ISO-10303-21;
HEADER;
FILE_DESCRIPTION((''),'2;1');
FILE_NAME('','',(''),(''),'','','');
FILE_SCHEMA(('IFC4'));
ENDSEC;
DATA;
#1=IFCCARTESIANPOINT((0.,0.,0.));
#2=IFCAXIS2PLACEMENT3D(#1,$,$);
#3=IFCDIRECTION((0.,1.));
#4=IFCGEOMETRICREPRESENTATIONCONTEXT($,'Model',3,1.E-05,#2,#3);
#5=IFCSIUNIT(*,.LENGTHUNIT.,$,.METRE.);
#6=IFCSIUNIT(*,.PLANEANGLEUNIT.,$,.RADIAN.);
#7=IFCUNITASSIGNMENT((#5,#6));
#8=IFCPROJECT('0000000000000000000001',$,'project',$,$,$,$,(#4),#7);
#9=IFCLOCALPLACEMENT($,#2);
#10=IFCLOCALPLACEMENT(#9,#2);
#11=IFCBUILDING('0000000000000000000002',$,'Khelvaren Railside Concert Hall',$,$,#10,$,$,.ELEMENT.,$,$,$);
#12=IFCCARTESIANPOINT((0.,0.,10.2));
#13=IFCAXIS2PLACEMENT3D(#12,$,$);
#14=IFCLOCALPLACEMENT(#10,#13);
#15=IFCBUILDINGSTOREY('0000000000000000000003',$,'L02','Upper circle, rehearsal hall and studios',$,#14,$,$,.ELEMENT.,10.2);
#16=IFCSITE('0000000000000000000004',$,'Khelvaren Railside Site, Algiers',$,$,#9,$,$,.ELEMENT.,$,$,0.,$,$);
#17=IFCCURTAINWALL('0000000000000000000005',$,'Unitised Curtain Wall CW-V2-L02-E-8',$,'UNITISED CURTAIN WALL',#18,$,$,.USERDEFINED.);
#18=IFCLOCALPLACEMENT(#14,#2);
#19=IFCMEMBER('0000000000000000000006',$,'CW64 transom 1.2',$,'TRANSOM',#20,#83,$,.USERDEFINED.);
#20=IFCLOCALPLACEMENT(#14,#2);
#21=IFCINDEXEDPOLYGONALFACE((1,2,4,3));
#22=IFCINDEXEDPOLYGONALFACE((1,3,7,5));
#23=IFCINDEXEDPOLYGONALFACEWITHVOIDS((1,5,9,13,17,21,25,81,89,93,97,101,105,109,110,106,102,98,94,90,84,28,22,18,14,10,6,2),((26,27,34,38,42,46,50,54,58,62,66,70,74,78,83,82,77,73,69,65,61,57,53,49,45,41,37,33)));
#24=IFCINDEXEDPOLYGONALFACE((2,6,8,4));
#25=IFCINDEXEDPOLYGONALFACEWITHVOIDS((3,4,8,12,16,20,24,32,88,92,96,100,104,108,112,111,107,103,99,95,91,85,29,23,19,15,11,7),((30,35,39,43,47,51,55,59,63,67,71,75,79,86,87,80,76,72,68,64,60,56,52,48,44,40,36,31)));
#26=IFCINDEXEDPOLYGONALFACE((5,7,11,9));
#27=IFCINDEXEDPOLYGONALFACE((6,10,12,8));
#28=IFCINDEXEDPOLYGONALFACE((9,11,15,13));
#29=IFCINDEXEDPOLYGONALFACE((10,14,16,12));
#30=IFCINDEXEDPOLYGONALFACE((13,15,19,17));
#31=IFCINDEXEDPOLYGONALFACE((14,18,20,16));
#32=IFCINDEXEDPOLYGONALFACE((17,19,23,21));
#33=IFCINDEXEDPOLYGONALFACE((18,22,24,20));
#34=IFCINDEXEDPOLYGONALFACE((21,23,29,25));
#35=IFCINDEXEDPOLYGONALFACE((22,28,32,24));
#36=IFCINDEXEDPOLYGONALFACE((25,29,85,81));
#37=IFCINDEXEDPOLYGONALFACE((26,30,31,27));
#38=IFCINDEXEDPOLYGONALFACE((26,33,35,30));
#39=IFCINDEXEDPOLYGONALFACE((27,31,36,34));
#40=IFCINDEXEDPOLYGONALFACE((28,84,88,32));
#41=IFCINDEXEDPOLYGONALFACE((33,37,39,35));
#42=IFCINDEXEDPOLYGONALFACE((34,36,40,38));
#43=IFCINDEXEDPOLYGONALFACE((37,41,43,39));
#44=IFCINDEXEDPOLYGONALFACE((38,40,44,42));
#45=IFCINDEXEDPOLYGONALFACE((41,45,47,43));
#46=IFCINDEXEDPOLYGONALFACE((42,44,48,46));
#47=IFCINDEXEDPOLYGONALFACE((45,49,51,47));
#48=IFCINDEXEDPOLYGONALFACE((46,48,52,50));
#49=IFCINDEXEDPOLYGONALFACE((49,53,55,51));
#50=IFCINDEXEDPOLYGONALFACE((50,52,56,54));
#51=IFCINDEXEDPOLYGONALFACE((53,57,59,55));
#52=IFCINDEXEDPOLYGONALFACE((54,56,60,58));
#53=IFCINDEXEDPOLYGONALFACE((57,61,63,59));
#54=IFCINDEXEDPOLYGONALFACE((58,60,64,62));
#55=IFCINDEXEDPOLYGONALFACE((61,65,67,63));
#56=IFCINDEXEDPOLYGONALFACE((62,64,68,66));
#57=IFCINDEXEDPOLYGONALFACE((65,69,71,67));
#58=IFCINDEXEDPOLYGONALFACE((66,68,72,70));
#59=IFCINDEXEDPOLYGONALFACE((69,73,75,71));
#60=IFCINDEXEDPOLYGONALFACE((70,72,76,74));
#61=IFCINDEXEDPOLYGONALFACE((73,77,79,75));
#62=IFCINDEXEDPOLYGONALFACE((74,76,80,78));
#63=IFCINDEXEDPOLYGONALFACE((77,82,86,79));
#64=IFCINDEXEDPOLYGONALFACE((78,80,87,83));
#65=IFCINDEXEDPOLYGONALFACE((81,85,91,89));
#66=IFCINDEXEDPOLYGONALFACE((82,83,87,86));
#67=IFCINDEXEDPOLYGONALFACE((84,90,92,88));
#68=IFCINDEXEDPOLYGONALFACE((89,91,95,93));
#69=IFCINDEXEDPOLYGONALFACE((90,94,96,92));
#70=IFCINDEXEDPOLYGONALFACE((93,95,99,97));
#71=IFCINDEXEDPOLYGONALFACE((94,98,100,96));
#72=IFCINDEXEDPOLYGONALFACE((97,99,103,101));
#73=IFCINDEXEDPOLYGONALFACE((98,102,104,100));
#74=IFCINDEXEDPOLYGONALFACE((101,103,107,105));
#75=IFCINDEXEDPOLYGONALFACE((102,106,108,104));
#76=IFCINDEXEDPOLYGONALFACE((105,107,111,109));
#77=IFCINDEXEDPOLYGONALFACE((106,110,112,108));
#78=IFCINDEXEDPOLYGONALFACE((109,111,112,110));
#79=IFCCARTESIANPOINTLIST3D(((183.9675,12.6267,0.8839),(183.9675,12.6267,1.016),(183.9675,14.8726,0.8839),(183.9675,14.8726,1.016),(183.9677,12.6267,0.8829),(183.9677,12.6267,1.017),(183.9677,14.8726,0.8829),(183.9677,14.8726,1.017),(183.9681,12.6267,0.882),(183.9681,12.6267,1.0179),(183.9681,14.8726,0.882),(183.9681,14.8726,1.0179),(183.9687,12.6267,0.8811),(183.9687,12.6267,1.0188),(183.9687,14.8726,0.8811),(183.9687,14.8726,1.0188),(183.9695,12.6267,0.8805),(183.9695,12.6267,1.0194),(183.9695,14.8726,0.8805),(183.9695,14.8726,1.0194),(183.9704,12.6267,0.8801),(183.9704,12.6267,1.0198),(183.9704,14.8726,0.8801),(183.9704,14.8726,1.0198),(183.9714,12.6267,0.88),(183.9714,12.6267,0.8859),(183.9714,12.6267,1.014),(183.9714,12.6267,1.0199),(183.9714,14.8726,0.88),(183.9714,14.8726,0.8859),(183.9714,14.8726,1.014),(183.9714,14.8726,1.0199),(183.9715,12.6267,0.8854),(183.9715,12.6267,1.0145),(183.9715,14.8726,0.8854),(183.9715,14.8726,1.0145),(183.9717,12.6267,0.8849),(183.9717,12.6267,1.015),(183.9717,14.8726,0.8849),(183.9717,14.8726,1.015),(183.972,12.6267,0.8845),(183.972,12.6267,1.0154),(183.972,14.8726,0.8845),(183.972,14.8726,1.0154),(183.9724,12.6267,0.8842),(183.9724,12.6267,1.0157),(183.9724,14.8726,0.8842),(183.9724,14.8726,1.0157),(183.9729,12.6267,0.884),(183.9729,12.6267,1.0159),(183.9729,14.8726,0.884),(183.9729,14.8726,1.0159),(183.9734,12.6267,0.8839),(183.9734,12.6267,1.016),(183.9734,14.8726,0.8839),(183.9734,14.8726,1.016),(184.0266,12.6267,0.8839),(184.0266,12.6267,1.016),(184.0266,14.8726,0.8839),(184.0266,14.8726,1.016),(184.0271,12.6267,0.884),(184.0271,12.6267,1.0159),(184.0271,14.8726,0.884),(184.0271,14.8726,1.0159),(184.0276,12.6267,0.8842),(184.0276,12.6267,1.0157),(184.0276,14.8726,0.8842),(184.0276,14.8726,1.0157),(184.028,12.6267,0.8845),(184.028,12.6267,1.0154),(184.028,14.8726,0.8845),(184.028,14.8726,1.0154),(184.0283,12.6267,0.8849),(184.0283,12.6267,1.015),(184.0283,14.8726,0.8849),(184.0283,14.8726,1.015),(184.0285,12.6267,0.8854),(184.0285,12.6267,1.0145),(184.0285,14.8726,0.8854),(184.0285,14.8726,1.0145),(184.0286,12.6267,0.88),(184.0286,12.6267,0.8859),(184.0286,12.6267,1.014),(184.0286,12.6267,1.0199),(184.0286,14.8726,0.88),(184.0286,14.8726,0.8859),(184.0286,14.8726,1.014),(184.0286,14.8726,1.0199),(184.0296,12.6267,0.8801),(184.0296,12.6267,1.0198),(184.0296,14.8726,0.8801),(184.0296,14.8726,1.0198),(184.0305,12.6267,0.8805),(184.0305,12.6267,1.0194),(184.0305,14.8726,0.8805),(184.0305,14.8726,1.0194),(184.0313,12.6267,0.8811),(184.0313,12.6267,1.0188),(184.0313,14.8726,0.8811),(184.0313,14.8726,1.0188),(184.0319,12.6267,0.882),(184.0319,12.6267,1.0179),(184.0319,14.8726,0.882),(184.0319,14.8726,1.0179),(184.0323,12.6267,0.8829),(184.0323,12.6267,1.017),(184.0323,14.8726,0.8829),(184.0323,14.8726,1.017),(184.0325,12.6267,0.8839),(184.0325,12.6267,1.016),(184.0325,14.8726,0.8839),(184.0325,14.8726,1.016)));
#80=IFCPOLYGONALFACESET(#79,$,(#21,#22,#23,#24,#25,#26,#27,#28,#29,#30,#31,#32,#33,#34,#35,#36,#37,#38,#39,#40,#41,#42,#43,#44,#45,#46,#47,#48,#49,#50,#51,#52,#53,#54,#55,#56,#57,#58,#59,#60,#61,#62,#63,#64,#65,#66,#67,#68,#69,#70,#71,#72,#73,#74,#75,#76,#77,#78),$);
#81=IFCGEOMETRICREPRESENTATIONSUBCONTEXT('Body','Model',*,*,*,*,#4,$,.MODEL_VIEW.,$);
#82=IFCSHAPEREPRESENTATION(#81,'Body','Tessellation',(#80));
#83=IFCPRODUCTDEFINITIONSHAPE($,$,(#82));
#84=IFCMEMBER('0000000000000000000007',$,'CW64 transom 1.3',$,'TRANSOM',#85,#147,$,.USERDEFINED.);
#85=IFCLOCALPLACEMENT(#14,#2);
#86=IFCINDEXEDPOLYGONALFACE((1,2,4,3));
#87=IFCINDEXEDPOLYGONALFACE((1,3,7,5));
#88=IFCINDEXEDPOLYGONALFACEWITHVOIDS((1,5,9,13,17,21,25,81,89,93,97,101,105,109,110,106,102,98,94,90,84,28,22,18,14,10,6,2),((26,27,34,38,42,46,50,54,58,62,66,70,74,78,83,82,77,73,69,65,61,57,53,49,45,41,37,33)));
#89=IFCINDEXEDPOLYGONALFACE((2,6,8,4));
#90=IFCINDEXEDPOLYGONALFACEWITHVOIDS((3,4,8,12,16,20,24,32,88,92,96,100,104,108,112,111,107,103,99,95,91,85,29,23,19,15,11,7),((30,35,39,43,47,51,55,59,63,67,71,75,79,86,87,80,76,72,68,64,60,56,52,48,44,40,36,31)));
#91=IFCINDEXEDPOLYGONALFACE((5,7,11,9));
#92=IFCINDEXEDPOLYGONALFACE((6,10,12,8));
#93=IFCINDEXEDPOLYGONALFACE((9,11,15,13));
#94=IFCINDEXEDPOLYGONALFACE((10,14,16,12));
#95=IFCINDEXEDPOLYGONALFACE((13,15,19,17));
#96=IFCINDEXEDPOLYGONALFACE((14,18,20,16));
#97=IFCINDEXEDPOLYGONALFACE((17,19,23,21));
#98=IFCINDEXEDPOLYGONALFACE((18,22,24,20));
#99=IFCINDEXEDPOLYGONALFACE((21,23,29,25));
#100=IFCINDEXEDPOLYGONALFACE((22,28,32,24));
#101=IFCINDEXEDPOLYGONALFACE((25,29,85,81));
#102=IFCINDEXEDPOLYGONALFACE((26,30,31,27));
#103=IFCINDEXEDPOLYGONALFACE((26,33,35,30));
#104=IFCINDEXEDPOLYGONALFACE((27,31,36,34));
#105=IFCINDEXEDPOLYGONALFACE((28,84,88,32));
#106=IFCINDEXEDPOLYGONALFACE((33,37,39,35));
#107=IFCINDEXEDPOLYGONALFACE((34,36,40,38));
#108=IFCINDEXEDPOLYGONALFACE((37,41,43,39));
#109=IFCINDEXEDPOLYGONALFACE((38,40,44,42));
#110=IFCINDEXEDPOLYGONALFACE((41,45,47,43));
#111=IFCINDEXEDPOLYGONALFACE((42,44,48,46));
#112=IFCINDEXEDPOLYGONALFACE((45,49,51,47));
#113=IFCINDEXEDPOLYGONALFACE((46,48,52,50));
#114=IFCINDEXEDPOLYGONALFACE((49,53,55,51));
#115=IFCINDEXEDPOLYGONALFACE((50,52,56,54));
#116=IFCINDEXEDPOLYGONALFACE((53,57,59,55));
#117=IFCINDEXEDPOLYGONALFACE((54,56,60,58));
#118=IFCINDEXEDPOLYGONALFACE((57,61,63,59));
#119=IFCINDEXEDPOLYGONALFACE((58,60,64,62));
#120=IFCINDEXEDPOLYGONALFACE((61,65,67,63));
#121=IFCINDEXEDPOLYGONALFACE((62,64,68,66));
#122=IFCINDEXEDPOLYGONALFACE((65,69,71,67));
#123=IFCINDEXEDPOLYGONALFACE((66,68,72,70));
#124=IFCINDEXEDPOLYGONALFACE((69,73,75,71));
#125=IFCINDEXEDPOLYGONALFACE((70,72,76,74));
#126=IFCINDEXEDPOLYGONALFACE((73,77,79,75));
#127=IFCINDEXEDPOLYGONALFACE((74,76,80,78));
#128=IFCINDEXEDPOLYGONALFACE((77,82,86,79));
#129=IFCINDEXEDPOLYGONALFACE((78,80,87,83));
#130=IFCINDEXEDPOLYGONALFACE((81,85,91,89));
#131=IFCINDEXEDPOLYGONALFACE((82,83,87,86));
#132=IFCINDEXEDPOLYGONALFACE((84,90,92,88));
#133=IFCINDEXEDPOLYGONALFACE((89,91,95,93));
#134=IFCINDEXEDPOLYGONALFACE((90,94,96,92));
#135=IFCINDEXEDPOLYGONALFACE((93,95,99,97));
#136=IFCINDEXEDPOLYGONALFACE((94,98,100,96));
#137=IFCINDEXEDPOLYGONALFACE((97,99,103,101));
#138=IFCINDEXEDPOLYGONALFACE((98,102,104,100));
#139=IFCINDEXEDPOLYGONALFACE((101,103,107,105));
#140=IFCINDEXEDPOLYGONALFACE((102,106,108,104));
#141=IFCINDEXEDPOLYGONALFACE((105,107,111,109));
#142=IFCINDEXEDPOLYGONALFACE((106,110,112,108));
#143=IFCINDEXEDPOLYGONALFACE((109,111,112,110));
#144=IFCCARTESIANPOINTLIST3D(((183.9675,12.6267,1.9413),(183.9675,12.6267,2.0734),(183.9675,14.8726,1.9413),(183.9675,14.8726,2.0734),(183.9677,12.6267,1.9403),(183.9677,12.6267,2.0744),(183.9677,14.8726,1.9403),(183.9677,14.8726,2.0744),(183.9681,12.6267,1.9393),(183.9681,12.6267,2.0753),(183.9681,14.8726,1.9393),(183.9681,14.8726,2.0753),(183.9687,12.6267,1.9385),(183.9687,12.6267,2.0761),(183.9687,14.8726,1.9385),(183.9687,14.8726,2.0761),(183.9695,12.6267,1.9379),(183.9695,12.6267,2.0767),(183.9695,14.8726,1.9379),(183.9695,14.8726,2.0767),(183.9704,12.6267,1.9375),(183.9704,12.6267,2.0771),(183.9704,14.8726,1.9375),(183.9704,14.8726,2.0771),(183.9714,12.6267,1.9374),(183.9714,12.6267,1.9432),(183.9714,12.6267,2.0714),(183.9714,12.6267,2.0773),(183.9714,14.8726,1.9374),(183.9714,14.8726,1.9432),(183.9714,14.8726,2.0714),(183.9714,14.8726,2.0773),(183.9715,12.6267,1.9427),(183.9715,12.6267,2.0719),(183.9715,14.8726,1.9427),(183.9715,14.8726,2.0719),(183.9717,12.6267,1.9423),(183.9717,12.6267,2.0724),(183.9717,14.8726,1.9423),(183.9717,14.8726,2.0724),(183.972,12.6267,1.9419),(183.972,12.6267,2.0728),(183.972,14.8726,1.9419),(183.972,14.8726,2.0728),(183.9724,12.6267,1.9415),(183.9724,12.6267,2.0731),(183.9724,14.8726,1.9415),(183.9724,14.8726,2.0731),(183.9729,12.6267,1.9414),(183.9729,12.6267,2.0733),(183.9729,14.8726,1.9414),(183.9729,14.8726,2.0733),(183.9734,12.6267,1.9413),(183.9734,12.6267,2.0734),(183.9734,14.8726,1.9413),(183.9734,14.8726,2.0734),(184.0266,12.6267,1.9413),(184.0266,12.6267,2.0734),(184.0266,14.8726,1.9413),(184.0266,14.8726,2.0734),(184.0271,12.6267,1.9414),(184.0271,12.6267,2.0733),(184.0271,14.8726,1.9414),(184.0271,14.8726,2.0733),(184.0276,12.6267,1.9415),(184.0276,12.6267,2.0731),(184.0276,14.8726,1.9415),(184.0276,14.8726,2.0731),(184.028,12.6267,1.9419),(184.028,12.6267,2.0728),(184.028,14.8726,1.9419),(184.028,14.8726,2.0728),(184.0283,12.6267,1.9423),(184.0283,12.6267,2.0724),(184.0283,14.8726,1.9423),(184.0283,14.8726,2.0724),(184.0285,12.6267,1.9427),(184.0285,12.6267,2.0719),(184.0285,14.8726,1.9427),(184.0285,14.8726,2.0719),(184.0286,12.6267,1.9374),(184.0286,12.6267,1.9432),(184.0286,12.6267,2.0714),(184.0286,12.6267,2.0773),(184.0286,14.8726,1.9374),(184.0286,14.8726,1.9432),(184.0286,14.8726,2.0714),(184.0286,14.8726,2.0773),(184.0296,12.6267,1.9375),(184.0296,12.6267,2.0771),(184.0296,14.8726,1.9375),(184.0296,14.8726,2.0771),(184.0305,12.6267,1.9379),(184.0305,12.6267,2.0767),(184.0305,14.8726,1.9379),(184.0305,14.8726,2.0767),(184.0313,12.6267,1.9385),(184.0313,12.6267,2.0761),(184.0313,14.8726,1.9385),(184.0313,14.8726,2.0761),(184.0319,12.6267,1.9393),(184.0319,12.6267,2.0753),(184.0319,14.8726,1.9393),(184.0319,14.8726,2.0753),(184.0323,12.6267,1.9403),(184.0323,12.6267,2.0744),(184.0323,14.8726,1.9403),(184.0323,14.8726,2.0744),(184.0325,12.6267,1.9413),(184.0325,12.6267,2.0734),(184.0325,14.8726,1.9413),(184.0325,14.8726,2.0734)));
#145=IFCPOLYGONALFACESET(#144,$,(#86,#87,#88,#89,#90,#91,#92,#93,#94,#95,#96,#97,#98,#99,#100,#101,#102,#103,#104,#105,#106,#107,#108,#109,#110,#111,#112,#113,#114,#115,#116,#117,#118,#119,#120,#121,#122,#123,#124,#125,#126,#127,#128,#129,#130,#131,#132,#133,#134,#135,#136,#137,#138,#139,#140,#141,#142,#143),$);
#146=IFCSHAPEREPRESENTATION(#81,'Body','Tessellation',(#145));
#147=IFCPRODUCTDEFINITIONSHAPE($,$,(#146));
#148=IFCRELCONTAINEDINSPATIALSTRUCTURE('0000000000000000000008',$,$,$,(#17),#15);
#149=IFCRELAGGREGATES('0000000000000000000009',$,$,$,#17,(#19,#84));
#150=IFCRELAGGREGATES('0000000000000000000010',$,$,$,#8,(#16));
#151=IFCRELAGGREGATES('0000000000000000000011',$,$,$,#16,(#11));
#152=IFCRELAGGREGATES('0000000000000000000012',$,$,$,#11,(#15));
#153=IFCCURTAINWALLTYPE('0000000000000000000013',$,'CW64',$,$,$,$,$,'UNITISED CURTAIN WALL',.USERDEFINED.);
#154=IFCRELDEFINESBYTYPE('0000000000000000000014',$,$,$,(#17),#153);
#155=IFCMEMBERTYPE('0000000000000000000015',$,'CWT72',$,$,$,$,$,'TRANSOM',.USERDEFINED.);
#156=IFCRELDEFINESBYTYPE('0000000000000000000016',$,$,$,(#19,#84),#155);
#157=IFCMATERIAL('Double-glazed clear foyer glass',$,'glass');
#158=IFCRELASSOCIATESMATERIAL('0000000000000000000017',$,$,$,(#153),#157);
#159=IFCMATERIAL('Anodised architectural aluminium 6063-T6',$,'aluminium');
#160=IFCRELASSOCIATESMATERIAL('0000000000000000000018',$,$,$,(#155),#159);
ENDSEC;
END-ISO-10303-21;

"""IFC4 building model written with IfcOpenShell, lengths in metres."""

from ifc_helpers import new_model, si_unit, direction, frame, origin, origin_2d, place, context, subcontext, project, spatial, hollow_rectangle, extrude, material, material_profile, profile_set, type_object, element, aggregate, save


model = new_model("IFC4")

# Units and contexts
model_context = context("Model", 3, precision=1e-05, world=origin(), true_north=direction((0.0, 1.0)))
body_context = subcontext(model_context, "Body", "Model", "MODEL_VIEW")
ifc_project = project(units=[si_unit("LENGTHUNIT", "METRE"), si_unit("PLANEANGLEUNIT", "RADIAN")], contexts=[model_context])

# Site, building, storey
site_placement = place(None, origin())
site = spatial("IfcSite", under=ifc_project, at=site_placement, Name="Khelvaren Railside Site, Algiers", CompositionType="ELEMENT", RefElevation=0.0)
building_placement = place(site_placement, origin())
building = spatial("IfcBuilding", under=site, at=building_placement, Name="Khelvaren Railside Concert Hall", CompositionType="ELEMENT")
storey_placement = place(building_placement, frame((0.0, 0.0, 10.2)))
storey = spatial("IfcBuildingStorey", under=building, at=storey_placement, Name="L02", Description="Upper circle, rehearsal hall and studios", CompositionType="ELEMENT", Elevation=10.2)

# Curtain wall
ifc_material_1 = material(Name="Double-glazed clear foyer glass", Category="glass")
curtain_wall_type_1 = type_object("IfcCurtainWallType", Name="CW64", ElementType="UNITISED CURTAIN WALL", PredefinedType="USERDEFINED", material=ifc_material_1)
curtain_wall_1_placement = place(storey_placement, origin())
curtain_wall_1 = element("IfcCurtainWall", 1, at=curtain_wall_1_placement, inside=storey, type_object=curtain_wall_type_1, Name="Unitised Curtain Wall CW-V2-L02-E-8", ObjectType="UNITISED CURTAIN WALL", PredefinedType="USERDEFINED")
ifc_material_2 = material(Name="Anodised architectural aluminium 6063-T6", Category="aluminium")

# Members
ifc_material_profile_1 = material_profile(ifc_material_2, hollow_rectangle(XDim=0.0649, YDim=0.1399, WallThickness=0.0039, InnerFilletRadius=0.002, OuterFilletRadius=0.0039, at=origin_2d()), Name="CWT 65x140x4")
ifc_profile_set_1 = profile_set([ifc_material_profile_1], Name="Anodised architectural aluminium 6063-T6")
member_type_1 = type_object("IfcMemberType", Name="CWT72", ElementType="TRANSOM", PredefinedType="USERDEFINED", material=ifc_profile_set_1)
member_1_placement = place(storey_placement, frame((184.0, 14.8726, 0.95), z_axis=(0.0, -1.0, 0.0), x_axis=(1.0, 0.0, 0.0)))
member_1 = element("IfcMember", 2, at=member_1_placement, type_object=member_type_1, Name="CW64 transom 1.2", ObjectType="TRANSOM", PredefinedType="USERDEFINED", context=body_context, shape_type="SweptSolid", body=[
    extrude(hollow_rectangle(XDim=0.0649, YDim=0.1399, WallThickness=0.0039, InnerFilletRadius=0.002, OuterFilletRadius=0.0039, at=origin_2d()), origin(), (0.0, 0.0, 1.0), 2.2458),
])
member_2_placement = place(storey_placement, frame((184.0, 14.8726, 2.0073), z_axis=(0.0, -1.0, 0.0), x_axis=(1.0, 0.0, 0.0)))
member_2 = element("IfcMember", 3, at=member_2_placement, type_object=member_type_1, Name="CW64 transom 1.3", ObjectType="TRANSOM", PredefinedType="USERDEFINED", context=body_context, shape_type="SweptSolid", body=[
    extrude(hollow_rectangle(XDim=0.0649, YDim=0.1399, WallThickness=0.0039, InnerFilletRadius=0.002, OuterFilletRadius=0.0039, at=origin_2d()), origin(), (0.0, 0.0, 1.0), 2.2458),
])

aggregate(curtain_wall_1, [member_1, member_2])

save(model, "model.ifc")
